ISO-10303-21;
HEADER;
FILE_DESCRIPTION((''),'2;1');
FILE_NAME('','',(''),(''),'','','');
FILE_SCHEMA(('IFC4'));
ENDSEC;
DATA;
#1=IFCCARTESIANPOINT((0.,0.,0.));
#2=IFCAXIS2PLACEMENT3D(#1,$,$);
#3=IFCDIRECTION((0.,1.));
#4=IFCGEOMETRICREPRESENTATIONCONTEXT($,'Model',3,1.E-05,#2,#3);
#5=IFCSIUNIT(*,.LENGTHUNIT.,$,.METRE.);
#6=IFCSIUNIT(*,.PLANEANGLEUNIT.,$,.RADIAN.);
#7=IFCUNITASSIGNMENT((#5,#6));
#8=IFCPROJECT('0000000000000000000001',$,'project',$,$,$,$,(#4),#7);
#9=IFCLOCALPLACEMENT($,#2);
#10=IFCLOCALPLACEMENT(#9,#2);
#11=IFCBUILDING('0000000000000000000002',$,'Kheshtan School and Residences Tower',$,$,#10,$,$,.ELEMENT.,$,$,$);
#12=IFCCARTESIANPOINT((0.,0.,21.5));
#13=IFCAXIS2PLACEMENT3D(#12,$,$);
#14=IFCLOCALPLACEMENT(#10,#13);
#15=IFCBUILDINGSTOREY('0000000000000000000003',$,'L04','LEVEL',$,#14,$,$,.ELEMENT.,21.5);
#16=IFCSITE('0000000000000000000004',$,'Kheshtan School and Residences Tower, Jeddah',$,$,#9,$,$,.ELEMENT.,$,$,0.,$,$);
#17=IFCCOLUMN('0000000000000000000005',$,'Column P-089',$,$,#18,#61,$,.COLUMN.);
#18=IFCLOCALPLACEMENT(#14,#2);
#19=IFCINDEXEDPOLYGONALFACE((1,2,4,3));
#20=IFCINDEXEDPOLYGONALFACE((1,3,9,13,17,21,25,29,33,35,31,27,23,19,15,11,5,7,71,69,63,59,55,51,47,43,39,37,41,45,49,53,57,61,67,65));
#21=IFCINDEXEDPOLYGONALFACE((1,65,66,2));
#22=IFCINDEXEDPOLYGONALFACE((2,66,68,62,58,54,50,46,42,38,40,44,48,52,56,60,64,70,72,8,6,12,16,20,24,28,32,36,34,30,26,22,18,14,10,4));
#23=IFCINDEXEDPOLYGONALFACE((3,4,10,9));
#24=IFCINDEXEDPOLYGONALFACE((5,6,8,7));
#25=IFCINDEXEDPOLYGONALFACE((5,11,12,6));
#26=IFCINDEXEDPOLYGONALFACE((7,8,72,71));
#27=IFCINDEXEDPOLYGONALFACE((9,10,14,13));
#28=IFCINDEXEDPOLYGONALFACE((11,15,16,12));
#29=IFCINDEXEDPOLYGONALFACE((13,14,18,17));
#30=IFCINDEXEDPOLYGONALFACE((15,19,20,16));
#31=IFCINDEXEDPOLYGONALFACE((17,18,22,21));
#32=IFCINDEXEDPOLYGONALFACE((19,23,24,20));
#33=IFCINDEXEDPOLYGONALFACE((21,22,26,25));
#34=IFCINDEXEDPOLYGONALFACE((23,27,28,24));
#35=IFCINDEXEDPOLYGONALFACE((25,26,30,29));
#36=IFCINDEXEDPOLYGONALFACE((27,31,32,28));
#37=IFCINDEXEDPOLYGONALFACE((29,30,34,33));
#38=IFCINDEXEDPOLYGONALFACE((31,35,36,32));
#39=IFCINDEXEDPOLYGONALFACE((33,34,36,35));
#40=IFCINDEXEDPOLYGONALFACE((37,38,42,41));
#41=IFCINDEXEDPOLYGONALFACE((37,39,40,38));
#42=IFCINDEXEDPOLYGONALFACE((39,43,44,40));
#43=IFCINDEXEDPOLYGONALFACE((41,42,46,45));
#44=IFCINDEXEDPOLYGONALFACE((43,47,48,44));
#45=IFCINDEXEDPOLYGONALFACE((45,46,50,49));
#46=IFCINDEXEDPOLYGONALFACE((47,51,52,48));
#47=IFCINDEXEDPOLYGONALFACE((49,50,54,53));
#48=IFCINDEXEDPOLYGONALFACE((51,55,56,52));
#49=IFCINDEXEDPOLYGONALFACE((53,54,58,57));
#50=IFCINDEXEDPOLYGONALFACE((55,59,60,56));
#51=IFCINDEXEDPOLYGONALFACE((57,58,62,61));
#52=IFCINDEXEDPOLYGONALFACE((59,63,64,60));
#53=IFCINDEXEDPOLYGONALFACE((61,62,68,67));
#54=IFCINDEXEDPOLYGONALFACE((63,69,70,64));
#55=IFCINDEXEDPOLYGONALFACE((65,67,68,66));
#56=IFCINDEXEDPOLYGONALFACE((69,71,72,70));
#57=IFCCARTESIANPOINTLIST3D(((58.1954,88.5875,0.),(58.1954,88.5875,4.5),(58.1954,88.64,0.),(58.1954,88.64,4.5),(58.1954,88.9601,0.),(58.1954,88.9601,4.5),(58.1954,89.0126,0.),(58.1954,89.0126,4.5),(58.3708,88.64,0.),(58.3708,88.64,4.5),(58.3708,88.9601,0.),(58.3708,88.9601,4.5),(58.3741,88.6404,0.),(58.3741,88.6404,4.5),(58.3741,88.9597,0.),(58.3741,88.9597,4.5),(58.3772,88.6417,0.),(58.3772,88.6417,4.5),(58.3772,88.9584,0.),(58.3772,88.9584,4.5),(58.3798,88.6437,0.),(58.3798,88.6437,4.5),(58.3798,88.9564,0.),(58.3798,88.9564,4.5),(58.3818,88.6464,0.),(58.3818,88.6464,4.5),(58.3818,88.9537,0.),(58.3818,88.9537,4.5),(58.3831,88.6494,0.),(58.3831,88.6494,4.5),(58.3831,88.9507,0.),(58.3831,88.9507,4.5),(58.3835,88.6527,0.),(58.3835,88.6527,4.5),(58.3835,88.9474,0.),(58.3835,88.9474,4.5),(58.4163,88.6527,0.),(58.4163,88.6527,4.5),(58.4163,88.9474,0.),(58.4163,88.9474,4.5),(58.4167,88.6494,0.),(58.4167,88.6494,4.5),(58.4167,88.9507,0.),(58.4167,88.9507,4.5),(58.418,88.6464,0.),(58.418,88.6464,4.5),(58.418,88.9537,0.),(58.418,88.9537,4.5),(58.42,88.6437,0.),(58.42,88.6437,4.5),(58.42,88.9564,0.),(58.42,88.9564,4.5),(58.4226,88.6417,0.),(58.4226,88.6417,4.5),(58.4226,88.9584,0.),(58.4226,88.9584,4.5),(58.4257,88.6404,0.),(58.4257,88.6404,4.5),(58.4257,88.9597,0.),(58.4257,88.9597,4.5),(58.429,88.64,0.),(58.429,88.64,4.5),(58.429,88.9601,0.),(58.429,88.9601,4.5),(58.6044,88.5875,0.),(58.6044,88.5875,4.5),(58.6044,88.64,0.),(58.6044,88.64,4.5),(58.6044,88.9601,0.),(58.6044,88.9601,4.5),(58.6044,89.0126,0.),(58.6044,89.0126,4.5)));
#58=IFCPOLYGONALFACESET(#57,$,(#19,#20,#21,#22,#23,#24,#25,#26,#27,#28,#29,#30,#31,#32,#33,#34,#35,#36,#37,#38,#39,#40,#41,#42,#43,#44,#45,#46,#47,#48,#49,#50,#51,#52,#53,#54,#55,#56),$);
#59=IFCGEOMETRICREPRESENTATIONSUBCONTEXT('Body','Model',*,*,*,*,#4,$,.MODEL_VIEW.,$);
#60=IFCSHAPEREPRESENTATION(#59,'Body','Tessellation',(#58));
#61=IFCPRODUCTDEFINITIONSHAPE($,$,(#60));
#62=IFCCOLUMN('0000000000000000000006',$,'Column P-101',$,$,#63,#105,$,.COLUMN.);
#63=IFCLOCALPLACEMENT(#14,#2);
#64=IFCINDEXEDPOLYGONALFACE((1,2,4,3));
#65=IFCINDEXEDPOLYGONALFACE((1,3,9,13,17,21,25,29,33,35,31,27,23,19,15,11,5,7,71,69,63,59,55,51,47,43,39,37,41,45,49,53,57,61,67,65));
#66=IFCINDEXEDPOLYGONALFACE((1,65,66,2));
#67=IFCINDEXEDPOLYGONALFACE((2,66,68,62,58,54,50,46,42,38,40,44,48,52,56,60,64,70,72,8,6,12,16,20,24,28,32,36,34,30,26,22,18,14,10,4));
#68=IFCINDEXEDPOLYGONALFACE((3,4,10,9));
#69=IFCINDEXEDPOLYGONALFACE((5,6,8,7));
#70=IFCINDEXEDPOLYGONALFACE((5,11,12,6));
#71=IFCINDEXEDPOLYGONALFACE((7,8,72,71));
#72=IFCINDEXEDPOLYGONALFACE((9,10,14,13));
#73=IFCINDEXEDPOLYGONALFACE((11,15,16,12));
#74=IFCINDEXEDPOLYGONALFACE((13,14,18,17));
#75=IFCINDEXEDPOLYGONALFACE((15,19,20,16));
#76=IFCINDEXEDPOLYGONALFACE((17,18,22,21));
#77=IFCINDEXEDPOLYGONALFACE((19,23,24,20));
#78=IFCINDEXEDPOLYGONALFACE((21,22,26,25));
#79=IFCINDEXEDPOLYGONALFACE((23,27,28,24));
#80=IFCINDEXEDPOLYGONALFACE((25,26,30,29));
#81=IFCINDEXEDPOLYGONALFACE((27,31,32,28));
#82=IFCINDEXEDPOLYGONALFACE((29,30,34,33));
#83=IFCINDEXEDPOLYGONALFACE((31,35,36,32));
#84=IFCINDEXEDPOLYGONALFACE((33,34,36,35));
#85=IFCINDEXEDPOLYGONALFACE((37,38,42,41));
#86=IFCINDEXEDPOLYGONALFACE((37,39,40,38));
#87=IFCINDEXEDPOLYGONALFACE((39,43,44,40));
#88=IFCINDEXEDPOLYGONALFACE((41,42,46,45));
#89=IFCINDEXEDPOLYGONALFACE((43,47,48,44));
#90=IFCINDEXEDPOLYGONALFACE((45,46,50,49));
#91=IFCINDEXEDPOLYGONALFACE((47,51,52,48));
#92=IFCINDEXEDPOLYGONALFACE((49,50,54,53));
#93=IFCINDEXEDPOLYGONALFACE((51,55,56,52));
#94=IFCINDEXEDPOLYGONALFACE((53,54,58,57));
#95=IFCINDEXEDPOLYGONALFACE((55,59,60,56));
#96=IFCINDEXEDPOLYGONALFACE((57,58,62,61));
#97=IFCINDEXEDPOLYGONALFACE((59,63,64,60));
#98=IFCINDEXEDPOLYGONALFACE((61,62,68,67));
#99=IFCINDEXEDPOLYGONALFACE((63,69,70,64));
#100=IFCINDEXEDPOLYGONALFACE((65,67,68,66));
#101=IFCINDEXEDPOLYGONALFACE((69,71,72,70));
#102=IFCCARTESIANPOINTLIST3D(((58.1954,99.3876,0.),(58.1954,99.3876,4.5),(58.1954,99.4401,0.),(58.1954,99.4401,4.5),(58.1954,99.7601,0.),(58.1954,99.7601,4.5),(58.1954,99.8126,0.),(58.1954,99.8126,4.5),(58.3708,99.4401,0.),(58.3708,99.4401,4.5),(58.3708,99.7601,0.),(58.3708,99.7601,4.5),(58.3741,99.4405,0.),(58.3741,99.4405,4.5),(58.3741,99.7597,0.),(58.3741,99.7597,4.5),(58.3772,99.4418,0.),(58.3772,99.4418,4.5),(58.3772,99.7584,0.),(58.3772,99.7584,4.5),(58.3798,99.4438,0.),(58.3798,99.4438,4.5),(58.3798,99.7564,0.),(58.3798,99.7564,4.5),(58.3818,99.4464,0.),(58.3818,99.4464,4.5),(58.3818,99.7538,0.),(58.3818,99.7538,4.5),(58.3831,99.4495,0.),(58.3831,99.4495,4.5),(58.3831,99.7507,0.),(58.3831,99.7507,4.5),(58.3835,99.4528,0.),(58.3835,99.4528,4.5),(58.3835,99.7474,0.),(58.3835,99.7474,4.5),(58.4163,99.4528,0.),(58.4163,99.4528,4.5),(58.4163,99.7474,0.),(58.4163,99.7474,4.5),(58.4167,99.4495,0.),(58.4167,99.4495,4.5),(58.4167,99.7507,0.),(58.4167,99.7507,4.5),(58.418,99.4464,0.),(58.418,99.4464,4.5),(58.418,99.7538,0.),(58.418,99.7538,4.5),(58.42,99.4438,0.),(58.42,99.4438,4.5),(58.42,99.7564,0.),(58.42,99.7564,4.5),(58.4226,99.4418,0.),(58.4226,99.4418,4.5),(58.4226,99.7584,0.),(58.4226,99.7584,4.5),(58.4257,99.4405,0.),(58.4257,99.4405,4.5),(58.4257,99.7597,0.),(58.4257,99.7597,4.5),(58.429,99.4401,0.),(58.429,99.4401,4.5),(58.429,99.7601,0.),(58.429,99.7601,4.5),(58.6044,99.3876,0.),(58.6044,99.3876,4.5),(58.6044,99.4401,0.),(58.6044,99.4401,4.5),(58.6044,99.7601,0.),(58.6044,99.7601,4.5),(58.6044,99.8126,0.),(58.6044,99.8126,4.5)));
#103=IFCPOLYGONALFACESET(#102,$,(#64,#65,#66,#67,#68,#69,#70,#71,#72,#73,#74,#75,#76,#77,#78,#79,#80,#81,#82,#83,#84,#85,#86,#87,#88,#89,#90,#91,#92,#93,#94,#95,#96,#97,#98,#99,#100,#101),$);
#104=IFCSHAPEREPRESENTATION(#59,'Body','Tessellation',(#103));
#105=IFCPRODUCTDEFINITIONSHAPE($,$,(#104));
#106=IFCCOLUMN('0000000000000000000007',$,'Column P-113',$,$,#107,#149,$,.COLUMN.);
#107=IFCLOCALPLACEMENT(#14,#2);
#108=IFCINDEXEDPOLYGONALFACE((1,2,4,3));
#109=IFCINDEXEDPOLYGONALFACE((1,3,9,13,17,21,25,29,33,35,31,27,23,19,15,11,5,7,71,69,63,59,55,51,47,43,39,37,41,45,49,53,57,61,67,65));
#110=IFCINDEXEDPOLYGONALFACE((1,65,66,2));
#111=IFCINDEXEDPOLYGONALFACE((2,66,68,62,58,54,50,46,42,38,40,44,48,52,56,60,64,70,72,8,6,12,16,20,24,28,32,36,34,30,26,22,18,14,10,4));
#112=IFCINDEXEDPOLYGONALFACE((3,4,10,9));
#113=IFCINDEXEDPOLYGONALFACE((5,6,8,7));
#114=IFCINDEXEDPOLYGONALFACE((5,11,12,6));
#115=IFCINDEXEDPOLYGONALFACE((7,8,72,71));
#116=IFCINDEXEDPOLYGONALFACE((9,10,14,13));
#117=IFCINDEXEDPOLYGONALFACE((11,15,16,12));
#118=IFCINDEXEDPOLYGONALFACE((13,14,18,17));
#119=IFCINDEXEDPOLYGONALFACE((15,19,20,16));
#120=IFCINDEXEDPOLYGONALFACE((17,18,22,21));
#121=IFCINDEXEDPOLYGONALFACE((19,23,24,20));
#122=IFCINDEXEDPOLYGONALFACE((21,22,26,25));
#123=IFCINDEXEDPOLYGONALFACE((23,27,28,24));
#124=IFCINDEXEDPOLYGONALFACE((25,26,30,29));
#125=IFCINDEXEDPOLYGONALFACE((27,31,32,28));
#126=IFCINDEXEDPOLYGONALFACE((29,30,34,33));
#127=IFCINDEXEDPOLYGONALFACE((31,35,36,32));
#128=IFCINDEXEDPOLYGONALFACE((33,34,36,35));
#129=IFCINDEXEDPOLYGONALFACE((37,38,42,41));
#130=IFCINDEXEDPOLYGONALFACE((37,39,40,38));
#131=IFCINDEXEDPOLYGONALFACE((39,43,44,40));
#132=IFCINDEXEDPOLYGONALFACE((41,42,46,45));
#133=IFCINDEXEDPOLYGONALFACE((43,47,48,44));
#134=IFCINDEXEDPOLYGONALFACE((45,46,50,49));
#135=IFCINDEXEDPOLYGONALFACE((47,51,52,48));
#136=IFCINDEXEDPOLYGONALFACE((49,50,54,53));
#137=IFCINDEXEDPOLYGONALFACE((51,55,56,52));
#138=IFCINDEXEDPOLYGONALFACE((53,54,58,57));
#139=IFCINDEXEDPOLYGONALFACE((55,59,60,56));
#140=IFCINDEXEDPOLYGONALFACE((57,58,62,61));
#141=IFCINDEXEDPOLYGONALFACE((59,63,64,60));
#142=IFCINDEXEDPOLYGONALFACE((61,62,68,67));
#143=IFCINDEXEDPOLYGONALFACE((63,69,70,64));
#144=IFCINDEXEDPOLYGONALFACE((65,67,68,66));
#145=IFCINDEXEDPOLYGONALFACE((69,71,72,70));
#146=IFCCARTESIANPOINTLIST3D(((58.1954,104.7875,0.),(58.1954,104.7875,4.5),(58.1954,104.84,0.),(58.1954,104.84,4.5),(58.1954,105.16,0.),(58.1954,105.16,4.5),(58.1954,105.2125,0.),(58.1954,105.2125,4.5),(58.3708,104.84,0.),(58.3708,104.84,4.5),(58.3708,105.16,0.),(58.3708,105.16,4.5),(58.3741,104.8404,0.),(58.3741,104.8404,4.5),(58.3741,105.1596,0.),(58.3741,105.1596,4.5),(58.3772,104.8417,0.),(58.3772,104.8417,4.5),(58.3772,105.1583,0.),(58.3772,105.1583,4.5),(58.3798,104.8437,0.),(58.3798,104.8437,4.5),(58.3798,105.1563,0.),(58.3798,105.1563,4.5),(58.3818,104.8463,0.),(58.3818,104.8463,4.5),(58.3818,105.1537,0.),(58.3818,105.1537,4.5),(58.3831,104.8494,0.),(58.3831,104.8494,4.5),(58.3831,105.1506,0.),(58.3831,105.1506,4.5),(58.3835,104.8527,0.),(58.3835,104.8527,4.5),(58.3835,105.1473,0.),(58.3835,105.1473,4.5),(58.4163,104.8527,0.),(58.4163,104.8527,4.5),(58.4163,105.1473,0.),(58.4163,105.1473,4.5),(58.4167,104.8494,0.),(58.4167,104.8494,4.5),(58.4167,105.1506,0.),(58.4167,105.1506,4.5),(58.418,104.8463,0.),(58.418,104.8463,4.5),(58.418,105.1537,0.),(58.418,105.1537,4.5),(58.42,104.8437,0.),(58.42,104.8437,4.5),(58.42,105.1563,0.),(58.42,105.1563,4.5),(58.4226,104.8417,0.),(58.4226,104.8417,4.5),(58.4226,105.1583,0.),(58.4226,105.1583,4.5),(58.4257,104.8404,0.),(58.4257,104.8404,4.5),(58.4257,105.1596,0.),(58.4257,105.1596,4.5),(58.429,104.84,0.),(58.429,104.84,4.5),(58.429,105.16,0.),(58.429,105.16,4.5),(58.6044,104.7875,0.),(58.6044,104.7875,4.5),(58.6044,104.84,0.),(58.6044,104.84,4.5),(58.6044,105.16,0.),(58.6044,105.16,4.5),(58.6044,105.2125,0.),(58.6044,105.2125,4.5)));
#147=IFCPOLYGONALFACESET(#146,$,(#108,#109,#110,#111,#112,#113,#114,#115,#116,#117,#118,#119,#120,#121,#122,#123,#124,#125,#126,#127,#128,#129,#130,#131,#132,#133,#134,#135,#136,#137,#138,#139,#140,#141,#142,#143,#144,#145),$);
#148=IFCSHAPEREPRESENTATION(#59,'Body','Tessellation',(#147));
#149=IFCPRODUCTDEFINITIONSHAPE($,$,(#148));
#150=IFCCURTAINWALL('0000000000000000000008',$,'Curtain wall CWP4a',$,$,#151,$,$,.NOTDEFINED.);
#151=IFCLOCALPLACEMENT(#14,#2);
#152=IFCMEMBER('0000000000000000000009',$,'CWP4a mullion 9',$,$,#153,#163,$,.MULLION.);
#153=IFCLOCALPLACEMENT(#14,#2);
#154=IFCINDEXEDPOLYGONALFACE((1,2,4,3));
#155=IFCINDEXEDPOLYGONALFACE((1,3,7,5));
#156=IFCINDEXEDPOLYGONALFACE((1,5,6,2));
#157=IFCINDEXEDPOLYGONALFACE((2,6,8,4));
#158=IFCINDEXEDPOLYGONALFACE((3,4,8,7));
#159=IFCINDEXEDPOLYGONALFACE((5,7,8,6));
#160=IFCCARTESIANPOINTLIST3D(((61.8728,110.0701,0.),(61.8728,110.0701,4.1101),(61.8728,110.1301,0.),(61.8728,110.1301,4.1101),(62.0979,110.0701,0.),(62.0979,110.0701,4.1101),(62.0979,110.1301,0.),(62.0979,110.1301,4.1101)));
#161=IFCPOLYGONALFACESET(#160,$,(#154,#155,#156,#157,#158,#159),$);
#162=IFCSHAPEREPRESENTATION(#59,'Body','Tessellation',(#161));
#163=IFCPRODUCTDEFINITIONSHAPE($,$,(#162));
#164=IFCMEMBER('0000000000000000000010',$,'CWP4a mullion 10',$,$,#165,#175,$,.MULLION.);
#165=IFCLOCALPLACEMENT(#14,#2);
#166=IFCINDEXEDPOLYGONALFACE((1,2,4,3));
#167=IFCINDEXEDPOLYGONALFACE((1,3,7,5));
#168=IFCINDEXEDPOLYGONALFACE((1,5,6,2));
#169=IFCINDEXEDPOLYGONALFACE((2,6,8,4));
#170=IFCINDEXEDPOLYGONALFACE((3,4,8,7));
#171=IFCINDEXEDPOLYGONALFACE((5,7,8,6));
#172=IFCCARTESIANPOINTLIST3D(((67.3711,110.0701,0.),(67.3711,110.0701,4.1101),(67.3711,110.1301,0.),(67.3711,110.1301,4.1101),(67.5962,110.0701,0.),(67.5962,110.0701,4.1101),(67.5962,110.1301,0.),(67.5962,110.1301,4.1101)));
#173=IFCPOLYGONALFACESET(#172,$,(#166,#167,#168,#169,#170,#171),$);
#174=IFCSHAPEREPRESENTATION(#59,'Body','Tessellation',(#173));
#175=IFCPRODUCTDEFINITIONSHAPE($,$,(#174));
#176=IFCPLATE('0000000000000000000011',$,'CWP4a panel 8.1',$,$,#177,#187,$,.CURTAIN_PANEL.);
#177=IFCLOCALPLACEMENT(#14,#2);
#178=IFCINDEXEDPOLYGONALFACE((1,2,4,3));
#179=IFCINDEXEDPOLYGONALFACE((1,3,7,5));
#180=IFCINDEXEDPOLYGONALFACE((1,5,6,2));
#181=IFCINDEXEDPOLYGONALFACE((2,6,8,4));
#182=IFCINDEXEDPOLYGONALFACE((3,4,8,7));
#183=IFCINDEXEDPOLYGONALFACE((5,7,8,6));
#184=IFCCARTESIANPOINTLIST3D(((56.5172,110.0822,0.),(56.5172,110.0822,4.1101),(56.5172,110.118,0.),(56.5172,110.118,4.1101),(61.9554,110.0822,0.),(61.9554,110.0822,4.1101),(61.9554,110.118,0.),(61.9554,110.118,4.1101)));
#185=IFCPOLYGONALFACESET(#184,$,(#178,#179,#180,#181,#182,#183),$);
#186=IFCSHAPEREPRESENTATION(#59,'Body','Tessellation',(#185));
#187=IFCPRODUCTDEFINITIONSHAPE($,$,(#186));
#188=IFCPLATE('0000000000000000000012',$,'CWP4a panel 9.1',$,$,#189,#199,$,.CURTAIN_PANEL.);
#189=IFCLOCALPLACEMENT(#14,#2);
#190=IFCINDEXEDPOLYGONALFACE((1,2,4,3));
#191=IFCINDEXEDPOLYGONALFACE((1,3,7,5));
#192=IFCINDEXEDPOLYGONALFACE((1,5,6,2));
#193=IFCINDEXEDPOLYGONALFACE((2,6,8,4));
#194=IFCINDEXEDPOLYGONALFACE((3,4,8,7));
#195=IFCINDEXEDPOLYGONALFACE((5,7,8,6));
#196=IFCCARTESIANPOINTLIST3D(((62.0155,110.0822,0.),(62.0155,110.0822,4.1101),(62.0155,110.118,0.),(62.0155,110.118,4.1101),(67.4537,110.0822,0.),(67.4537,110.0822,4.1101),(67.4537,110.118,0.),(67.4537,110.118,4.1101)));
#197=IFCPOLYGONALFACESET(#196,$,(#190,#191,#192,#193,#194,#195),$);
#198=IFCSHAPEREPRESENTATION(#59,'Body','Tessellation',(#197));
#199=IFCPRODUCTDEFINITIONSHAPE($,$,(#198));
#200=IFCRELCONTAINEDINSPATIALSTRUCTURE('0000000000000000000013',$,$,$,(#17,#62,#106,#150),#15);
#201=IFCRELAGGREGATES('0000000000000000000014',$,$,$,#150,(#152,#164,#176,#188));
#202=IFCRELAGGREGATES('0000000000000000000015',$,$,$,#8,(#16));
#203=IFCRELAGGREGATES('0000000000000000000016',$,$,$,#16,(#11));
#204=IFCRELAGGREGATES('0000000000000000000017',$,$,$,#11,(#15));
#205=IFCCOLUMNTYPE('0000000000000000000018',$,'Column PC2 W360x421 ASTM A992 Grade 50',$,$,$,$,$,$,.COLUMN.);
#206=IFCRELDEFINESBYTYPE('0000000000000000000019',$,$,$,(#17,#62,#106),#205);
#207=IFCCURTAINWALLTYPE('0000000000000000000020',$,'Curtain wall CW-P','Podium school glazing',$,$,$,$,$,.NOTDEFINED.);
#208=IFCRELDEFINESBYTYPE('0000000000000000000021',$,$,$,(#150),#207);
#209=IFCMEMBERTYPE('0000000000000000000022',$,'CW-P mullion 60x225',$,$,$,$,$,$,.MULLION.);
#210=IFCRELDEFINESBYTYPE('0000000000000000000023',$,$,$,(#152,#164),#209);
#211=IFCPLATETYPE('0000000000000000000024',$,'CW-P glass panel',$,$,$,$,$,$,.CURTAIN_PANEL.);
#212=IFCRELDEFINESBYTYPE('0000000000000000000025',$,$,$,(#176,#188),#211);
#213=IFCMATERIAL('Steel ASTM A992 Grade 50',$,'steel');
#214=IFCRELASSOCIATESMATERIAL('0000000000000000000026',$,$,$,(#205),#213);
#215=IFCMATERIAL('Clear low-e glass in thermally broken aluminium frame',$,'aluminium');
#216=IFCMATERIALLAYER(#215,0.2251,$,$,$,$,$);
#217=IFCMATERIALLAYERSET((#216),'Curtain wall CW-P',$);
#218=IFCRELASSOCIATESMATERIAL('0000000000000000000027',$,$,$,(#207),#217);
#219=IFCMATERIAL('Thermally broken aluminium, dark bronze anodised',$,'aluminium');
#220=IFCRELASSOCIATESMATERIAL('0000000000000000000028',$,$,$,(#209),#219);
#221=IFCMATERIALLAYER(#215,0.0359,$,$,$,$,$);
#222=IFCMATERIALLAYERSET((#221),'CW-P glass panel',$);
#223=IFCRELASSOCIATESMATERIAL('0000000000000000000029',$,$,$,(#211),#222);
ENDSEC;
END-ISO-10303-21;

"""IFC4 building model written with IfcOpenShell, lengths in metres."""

from ifc_helpers import new_model, si_unit, direction, frame, origin, origin_2d, place, context, subcontext, project, spatial, rectangle, i_section, extrude, material, layer, layer_set, material_profile, profile_set, type_object, element, aggregate, save


model = new_model("IFC4")

# Units and contexts
model_context = context("Model", 3, precision=1e-05, world=origin(), true_north=direction((0.0, 1.0)))
body_context = subcontext(model_context, "Body", "Model", "MODEL_VIEW")
ifc_project = project(units=[si_unit("LENGTHUNIT", "METRE"), si_unit("PLANEANGLEUNIT", "RADIAN")], contexts=[model_context])

# Site, building, storey
site_placement = place(None, origin())
site = spatial("IfcSite", under=ifc_project, at=site_placement, Name="Kheshtan School and Residences Tower, Jeddah", CompositionType="ELEMENT", RefElevation=0.0)
building_placement = place(site_placement, origin())
building = spatial("IfcBuilding", under=site, at=building_placement, Name="Kheshtan School and Residences Tower", CompositionType="ELEMENT")
storey_placement = place(building_placement, frame((0.0, 0.0, 21.5)))
storey = spatial("IfcBuildingStorey", under=building, at=storey_placement, Name="L04", Description="LEVEL", CompositionType="ELEMENT", Elevation=21.5)

# Columns
ifc_material_1 = material(Name="Steel ASTM A992 Grade 50", Category="steel")
ifc_material_profile_1 = material_profile(ifc_material_1, i_section(OverallWidth=0.4089, OverallDepth=0.425, WebThickness=0.0327, FlangeThickness=0.0525, FilletRadius=0.0127, at=origin_2d()), Name="W360x421")
ifc_profile_set_1 = profile_set([ifc_material_profile_1], Name="Steel ASTM A992 Grade 50")
column_type = type_object("IfcColumnType", Name="Column PC2 W360x421 ASTM A992 Grade 50", PredefinedType="COLUMN", material=ifc_profile_set_1)
for number, where, z_axis, x_axis, name in (
    (1, (58.3999, 88.8, 0.0), (0.0, 0.0, 1.0), (1.0, 0.0, 0.0), "Column P-089"),
    (2, (58.3999, 99.6001, 0.0), (0.0, 0.0, 1.0), (1.0, 0.0, 0.0), "Column P-101"),
    (3, (58.3999, 105.0, 0.0), (0.0, 0.0, 1.0), (1.0, 0.0, 0.0), "Column P-113"),
):
    element("IfcColumn", number, at=place(storey_placement, frame(where, z_axis=z_axis, x_axis=x_axis)), inside=storey, type_object=column_type, Name=name, PredefinedType="COLUMN", context=body_context, shape_type="SweptSolid", body=[
        extrude(i_section(OverallWidth=0.4089, OverallDepth=0.425, WebThickness=0.0327, FlangeThickness=0.0525, FilletRadius=0.0127, at=origin_2d()), origin(), (0.0, 0.0, 1.0), 4.5),
    ])

# Curtain wall, members, plates
ifc_material_2 = material(Name="Clear low-e glass in thermally broken aluminium frame", Category="aluminium")
ifc_layer_1 = layer(ifc_material_2, 0.2251)
ifc_layer_set_1 = layer_set([ifc_layer_1], Name="Curtain wall CW-P")
curtain_wall_type = type_object("IfcCurtainWallType", Name="Curtain wall CW-P", Description="Podium school glazing", PredefinedType="NOTDEFINED", material=ifc_layer_set_1)
curtain_wall_placement = place(storey_placement, origin())
curtain_wall = element("IfcCurtainWall", 4, at=curtain_wall_placement, inside=storey, type_object=curtain_wall_type, Name="Curtain wall CWP4a", PredefinedType="NOTDEFINED")
ifc_material_3 = material(Name="Thermally broken aluminium, dark bronze anodised", Category="aluminium")
ifc_material_profile_2 = material_profile(ifc_material_3, rectangle(XDim=0.0601, YDim=0.2251, at=origin_2d()), Name="CW-P mullion 60x225")
ifc_profile_set_2 = profile_set([ifc_material_profile_2], Name="Thermally broken aluminium, dark bronze anodised")
member_type = type_object("IfcMemberType", Name="CW-P mullion 60x225", PredefinedType="MULLION", material=ifc_profile_set_2)
member_1_placement = place(storey_placement, frame((61.9854, 110.1001, 0.0), z_axis=(0.0, 0.0, 1.0), x_axis=(0.0, 1.0, 0.0)))
member_1 = element("IfcMember", 5, at=member_1_placement, type_object=member_type, Name="CWP4a mullion 9", PredefinedType="MULLION", context=body_context, shape_type="SweptSolid", body=[
    extrude(rectangle(XDim=0.0601, YDim=0.2251, at=origin_2d()), origin(), (0.0, 0.0, 1.0), 4.1101),
])
member_2_placement = place(storey_placement, frame((67.4836, 110.1001, 0.0), z_axis=(0.0, 0.0, 1.0), x_axis=(0.0, 1.0, 0.0)))
member_2 = element("IfcMember", 6, at=member_2_placement, type_object=member_type, Name="CWP4a mullion 10", PredefinedType="MULLION", context=body_context, shape_type="SweptSolid", body=[
    extrude(rectangle(XDim=0.0601, YDim=0.2251, at=origin_2d()), origin(), (0.0, 0.0, 1.0), 4.1101),
])
ifc_layer_2 = layer(ifc_material_2, 0.0359)
ifc_layer_set_2 = layer_set([ifc_layer_2], Name="CW-P glass panel")
plate_type = type_object("IfcPlateType", Name="CW-P glass panel", PredefinedType="CURTAIN_PANEL", material=ifc_layer_set_2)
plate_1_placement = place(storey_placement, frame((59.2363, 110.1001, 0.0), z_axis=(0.0, 0.0, 1.0), x_axis=(1.0, 0.0, 0.0)))
plate_1 = element("IfcPlate", 7, at=plate_1_placement, type_object=plate_type, Name="CWP4a panel 8.1", PredefinedType="CURTAIN_PANEL", context=body_context, shape_type="SweptSolid", body=[
    extrude(rectangle(XDim=5.4382, YDim=0.0359, at=origin_2d()), origin(), (0.0, 0.0, 1.0), 4.1101),
])
plate_2_placement = place(storey_placement, frame((64.7346, 110.1001, 0.0), z_axis=(0.0, 0.0, 1.0), x_axis=(1.0, 0.0, 0.0)))
plate_2 = element("IfcPlate", 8, at=plate_2_placement, type_object=plate_type, Name="CWP4a panel 9.1", PredefinedType="CURTAIN_PANEL", context=body_context, shape_type="SweptSolid", body=[
    extrude(rectangle(XDim=5.4382, YDim=0.0359, at=origin_2d()), origin(), (0.0, 0.0, 1.0), 4.1101),
])
aggregate(curtain_wall, [member_1, member_2, plate_1, plate_2])

save(model, "model.ifc")
